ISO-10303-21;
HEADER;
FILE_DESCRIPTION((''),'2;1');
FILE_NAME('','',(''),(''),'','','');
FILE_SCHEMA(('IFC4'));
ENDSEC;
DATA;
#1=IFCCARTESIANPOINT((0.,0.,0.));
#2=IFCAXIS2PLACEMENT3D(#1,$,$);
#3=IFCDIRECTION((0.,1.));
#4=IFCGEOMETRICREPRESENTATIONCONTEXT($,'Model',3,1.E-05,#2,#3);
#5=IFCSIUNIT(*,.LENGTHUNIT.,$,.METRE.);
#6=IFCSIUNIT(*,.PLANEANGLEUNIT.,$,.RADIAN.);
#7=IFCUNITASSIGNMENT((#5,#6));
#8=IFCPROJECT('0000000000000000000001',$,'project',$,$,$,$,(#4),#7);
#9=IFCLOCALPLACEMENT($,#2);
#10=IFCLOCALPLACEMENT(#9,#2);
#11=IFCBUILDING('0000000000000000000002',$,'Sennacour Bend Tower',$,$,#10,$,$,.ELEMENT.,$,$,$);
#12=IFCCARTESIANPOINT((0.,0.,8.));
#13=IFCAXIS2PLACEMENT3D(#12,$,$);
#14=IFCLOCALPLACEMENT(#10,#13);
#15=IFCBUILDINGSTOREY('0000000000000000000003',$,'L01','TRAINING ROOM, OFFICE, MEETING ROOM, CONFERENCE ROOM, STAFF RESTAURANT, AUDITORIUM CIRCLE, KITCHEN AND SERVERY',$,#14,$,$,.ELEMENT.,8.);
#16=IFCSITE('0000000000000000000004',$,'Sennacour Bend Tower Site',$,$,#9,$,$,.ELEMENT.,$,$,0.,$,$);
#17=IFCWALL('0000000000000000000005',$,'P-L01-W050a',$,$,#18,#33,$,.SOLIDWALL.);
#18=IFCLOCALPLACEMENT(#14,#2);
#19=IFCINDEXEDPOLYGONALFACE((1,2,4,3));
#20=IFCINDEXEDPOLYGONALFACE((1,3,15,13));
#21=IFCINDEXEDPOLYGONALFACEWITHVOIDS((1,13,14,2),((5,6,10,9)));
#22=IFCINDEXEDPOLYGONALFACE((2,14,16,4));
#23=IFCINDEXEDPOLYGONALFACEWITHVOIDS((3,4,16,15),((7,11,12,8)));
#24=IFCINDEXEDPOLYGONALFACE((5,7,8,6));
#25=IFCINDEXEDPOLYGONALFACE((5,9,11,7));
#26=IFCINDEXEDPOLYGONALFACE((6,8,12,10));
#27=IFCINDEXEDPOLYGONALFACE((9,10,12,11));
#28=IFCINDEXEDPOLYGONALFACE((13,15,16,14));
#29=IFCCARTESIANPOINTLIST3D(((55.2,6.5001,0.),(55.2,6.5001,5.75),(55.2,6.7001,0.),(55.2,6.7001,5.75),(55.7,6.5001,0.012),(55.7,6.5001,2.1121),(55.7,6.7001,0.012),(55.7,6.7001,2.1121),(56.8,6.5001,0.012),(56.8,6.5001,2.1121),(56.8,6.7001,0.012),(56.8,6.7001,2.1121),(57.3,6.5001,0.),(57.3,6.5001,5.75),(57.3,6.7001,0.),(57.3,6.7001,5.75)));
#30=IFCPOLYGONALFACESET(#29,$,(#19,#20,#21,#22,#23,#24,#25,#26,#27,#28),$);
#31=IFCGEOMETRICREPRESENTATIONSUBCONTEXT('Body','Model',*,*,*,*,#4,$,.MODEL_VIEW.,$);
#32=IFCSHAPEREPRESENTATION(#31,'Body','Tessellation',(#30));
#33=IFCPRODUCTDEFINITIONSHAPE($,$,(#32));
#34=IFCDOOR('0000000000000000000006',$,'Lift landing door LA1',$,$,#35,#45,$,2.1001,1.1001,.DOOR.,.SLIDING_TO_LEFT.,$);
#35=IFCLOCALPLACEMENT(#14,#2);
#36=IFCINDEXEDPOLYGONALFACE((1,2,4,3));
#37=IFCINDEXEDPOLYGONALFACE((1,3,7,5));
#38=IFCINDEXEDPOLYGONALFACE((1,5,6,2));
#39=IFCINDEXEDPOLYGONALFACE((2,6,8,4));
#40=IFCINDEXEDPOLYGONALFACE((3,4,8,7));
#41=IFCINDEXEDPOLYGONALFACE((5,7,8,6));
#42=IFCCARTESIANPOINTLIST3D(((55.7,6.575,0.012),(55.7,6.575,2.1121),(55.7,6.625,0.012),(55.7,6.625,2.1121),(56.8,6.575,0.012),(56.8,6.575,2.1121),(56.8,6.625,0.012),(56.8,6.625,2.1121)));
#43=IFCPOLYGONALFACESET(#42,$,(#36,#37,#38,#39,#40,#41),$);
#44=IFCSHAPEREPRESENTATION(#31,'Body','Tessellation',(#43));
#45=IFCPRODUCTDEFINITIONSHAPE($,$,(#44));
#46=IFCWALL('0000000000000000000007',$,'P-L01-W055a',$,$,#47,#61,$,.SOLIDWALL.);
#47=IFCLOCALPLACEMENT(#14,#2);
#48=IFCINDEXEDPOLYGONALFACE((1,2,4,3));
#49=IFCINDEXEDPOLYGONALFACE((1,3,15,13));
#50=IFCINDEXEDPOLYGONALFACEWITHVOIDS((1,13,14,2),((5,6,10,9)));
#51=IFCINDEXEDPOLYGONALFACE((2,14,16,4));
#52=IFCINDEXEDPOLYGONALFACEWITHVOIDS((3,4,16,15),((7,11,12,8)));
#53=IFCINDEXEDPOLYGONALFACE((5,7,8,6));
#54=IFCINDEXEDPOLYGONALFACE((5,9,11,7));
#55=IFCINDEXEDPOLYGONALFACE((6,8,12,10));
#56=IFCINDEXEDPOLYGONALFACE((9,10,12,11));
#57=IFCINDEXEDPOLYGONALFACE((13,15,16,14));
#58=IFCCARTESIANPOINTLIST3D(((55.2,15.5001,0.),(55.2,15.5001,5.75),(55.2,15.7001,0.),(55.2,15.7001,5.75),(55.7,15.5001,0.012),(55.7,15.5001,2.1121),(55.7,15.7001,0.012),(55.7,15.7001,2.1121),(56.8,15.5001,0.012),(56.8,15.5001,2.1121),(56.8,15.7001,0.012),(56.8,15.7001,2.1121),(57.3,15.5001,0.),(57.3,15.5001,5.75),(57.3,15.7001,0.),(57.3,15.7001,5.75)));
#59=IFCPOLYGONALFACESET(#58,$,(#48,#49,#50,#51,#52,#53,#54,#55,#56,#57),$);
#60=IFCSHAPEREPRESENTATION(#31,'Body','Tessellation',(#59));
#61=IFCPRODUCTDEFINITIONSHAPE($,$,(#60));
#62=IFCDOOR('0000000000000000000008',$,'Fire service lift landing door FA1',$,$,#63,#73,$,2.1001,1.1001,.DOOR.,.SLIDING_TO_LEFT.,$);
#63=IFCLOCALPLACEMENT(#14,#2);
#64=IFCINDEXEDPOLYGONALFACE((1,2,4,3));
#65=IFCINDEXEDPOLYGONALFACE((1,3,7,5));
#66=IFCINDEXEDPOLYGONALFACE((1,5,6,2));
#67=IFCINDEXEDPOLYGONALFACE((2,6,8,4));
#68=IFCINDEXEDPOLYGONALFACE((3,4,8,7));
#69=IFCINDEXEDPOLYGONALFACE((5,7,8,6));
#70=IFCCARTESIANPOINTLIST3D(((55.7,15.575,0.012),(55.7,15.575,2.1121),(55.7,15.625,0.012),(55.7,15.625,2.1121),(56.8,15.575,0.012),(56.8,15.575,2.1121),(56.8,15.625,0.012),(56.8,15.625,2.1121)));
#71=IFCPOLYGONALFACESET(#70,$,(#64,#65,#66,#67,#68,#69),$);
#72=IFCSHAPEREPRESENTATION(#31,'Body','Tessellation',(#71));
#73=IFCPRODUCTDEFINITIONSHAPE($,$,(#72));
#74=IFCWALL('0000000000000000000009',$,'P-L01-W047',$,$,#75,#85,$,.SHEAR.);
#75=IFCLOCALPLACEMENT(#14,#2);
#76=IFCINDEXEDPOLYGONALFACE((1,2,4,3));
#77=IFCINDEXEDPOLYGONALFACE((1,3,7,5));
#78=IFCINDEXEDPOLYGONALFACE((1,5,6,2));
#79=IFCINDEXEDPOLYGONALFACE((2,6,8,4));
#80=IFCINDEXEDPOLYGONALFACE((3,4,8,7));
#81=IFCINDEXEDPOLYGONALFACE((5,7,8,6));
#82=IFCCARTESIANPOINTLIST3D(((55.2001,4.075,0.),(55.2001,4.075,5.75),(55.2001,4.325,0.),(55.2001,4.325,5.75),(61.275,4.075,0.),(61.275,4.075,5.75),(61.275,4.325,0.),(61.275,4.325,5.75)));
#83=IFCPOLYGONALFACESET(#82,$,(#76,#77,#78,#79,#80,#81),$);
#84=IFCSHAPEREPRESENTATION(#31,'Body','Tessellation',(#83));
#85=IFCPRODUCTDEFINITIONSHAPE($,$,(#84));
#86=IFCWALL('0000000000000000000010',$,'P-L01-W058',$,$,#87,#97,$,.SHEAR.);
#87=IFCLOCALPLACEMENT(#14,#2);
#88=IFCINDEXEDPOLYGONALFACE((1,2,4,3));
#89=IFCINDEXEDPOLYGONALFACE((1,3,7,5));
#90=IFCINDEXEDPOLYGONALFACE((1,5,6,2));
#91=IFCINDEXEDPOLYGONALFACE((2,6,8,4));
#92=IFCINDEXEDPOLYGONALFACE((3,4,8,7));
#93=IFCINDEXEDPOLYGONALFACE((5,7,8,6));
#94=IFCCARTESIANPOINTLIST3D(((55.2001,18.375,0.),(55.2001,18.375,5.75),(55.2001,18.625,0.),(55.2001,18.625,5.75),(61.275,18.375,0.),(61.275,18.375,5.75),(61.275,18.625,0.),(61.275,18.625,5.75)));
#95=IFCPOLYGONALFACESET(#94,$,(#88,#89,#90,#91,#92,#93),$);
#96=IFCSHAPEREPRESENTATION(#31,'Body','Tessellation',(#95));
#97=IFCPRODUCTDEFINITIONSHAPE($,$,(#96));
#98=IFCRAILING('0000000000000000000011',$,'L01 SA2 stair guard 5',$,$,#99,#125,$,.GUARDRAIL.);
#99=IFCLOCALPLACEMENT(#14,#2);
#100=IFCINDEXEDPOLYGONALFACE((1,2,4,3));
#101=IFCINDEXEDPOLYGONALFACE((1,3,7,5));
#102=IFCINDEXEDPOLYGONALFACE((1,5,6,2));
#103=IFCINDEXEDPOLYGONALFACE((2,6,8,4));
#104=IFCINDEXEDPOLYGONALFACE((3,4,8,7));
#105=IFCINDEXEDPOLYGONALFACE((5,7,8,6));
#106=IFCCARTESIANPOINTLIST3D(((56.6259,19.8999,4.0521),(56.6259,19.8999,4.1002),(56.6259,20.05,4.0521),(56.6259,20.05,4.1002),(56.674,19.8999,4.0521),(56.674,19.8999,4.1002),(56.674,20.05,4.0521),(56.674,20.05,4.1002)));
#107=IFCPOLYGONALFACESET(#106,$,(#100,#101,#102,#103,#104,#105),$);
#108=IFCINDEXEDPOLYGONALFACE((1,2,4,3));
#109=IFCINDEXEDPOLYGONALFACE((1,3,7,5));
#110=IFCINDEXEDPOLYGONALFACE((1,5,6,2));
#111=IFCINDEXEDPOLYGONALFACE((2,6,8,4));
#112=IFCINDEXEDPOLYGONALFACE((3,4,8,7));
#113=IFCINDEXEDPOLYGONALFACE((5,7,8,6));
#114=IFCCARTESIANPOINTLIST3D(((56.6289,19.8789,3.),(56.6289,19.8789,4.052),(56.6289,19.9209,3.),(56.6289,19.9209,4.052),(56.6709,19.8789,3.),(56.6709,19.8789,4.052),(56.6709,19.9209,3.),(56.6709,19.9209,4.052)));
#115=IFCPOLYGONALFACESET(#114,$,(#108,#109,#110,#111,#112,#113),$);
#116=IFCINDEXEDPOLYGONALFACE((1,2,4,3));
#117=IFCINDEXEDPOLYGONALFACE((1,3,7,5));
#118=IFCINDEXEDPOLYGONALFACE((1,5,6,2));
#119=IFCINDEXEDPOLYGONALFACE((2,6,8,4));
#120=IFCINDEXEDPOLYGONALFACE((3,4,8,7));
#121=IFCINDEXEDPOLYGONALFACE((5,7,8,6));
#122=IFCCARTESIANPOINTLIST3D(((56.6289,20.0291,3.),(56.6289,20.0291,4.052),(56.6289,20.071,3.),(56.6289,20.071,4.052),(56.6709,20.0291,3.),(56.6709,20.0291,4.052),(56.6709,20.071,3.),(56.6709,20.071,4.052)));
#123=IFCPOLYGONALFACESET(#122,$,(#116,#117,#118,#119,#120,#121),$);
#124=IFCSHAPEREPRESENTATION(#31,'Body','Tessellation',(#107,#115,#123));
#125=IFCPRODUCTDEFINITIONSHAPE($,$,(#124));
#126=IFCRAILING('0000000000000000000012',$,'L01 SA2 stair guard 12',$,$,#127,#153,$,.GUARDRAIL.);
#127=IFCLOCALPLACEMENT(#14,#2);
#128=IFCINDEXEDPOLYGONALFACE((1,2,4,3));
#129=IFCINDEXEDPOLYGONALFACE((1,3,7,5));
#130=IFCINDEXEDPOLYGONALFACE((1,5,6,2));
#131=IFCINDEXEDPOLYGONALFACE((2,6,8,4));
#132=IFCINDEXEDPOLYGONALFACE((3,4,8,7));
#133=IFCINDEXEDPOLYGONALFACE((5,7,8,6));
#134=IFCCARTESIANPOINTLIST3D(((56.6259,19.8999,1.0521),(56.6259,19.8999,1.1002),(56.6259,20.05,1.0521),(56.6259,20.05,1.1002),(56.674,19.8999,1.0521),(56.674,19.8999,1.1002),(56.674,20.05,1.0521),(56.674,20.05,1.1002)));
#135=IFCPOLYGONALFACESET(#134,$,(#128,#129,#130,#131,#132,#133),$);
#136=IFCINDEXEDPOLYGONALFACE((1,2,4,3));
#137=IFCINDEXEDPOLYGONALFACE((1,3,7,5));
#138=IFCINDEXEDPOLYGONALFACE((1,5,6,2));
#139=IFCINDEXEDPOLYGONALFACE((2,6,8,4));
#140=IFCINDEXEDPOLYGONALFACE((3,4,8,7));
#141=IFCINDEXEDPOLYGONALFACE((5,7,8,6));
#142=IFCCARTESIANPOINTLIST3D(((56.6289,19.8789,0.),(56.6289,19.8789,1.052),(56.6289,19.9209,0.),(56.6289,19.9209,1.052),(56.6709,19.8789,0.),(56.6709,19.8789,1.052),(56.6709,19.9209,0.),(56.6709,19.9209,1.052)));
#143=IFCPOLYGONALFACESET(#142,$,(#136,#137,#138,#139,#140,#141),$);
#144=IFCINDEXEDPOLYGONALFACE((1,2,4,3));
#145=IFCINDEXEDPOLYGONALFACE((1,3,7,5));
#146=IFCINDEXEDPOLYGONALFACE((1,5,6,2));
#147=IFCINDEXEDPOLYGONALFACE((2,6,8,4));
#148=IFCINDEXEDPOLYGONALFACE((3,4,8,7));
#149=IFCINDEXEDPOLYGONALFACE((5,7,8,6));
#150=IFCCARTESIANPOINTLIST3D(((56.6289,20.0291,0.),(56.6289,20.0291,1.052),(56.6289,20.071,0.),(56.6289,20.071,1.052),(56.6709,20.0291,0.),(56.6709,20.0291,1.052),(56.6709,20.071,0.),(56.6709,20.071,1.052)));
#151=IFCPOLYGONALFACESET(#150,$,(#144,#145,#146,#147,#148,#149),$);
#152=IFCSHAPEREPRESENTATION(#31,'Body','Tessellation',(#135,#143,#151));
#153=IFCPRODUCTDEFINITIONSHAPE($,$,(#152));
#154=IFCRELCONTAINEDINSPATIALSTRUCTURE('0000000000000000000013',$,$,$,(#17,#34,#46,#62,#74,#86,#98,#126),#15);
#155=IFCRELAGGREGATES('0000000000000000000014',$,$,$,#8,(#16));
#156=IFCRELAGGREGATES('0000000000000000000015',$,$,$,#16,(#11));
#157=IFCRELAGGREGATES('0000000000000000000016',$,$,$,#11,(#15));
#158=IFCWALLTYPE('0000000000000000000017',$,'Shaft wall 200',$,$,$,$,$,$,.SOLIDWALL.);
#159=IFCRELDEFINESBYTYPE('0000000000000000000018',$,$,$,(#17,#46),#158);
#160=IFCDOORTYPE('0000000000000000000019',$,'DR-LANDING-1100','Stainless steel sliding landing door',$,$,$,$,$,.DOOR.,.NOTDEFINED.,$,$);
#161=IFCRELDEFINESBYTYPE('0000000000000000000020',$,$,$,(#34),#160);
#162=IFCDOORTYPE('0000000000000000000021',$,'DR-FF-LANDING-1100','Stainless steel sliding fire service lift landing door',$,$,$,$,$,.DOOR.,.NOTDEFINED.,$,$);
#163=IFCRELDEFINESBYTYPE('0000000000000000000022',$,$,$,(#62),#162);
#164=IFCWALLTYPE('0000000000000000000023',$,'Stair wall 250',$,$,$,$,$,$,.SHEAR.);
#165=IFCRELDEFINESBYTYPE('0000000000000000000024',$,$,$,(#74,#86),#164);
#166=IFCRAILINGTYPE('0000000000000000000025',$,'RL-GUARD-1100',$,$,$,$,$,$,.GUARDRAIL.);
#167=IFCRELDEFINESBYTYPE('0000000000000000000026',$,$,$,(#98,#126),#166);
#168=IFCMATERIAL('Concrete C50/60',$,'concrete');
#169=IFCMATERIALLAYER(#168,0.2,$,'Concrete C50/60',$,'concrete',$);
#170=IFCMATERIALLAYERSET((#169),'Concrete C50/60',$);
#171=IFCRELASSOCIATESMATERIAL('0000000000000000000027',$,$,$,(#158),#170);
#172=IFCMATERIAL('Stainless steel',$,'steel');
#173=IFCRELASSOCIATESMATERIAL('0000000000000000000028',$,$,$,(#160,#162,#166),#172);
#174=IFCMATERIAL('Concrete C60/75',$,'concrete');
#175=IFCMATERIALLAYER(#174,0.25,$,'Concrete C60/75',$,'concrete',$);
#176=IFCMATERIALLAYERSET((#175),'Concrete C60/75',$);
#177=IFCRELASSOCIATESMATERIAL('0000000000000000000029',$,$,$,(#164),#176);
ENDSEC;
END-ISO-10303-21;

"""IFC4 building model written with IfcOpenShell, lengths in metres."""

from ifc_helpers import new_model, si_unit, direction, frame, frame_2d, origin, origin_2d, place, context, subcontext, project, spatial, rectangle, extrude, material, layer, layer_set, type_object, element, fill, save


model = new_model("IFC4")

# Units and contexts
model_context = context("Model", 3, precision=1e-05, world=origin(), true_north=direction((0.0, 1.0)))
body_context = subcontext(model_context, "Body", "Model", "MODEL_VIEW")
ifc_project = project(units=[si_unit("LENGTHUNIT", "METRE"), si_unit("PLANEANGLEUNIT", "RADIAN")], contexts=[model_context])

# Site, building, storey
site_placement = place(None, origin())
site = spatial("IfcSite", under=ifc_project, at=site_placement, Name="Sennacour Bend Tower Site", CompositionType="ELEMENT", RefElevation=0.0)
building_placement = place(site_placement, origin())
building = spatial("IfcBuilding", under=site, at=building_placement, Name="Sennacour Bend Tower", CompositionType="ELEMENT")
storey_placement = place(building_placement, frame((0.0, 0.0, 8.0)))
storey = spatial("IfcBuildingStorey", under=building, at=storey_placement, Name="L01", Description="TRAINING ROOM, OFFICE, MEETING ROOM, CONFERENCE ROOM, STAFF RESTAURANT, AUDITORIUM CIRCLE, KITCHEN AND SERVERY", CompositionType="ELEMENT", Elevation=8.0)

# Walls, openings, doors
ifc_material_1 = material(Name="Concrete C50/60", Category="concrete")
ifc_layer_1 = layer(ifc_material_1, 0.2, Name="Concrete C50/60", Category="concrete")
ifc_layer_set_1 = layer_set([ifc_layer_1], Name="Concrete C50/60")
wall_type_1 = type_object("IfcWallType", Name="Shaft wall 200", PredefinedType="SOLIDWALL", material=ifc_layer_set_1)
wall_1_placement = place(storey_placement, frame((55.2, 6.6001, 0.0), z_axis=(0.0, 0.0, 1.0), x_axis=(1.0, 0.0, 0.0)))
wall_1 = element("IfcWall", 1, at=wall_1_placement, inside=storey, type_object=wall_type_1, Name="P-L01-W050a", PredefinedType="SOLIDWALL", context=body_context, shape_type="SweptSolid", body=[
    extrude(rectangle(XDim=2.1001, YDim=0.2, at=frame_2d((1.05, 0.0))), origin(), (0.0, 0.0, 1.0), 5.75),
])
opening_1_placement = place(wall_1_placement, frame((0.5, 0.0, 0.012)))
opening_1 = element("IfcOpeningElement", 2, at=opening_1_placement, cuts=wall_1, PredefinedType="OPENING", context=body_context, shape_type="SweptSolid", body=[
    extrude(rectangle(XDim=1.1001, YDim=2.1001, at=frame_2d((0.55, 1.05))), frame((0.0, 0.1099, 0.0), z_axis=(0.0, -1.0, 0.0), x_axis=(1.0, 0.0, 0.0)), (0.0, 0.0, 1.0), 0.22),
])
ifc_material_2 = material(Name="Stainless steel", Category="steel")
door_type_1 = type_object("IfcDoorType", Name="DR-LANDING-1100", Description="Stainless steel sliding landing door", OperationType="NOTDEFINED", PredefinedType="DOOR", material=ifc_material_2)
door_1_placement = place(opening_1_placement, origin())
door_1 = element("IfcDoor", 3, at=door_1_placement, inside=storey, type_object=door_type_1, Name="Lift landing door LA1", OperationType="SLIDING_TO_LEFT", OverallHeight=2.1001, OverallWidth=1.1001, PredefinedType="DOOR", context=body_context, shape_type="SweptSolid", body=[
    extrude(rectangle(XDim=1.1001, YDim=2.1001, at=frame_2d((0.55, 1.05))), frame((0.0, 0.0249, 0.0), z_axis=(0.0, -1.0, 0.0), x_axis=(1.0, 0.0, 0.0)), (0.0, 0.0, 1.0), 0.05),
])
fill(opening_1, door_1)
wall_2_placement = place(storey_placement, frame((55.2, 15.6001, 0.0), z_axis=(0.0, 0.0, 1.0), x_axis=(1.0, 0.0, 0.0)))
wall_2 = element("IfcWall", 4, at=wall_2_placement, inside=storey, type_object=wall_type_1, Name="P-L01-W055a", PredefinedType="SOLIDWALL", context=body_context, shape_type="SweptSolid", body=[
    extrude(rectangle(XDim=2.1001, YDim=0.2, at=frame_2d((1.05, 0.0))), origin(), (0.0, 0.0, 1.0), 5.75),
])
opening_2_placement = place(wall_2_placement, frame((0.5, 0.0, 0.012)))
opening_2 = element("IfcOpeningElement", 5, at=opening_2_placement, cuts=wall_2, PredefinedType="OPENING", context=body_context, shape_type="SweptSolid", body=[
    extrude(rectangle(XDim=1.1001, YDim=2.1001, at=frame_2d((0.55, 1.05))), frame((0.0, 0.1099, 0.0), z_axis=(0.0, -1.0, 0.0), x_axis=(1.0, 0.0, 0.0)), (0.0, 0.0, 1.0), 0.22),
])
door_type_2 = type_object("IfcDoorType", Name="DR-FF-LANDING-1100", Description="Stainless steel sliding fire service lift landing door", OperationType="NOTDEFINED", PredefinedType="DOOR", material=ifc_material_2)
door_2_placement = place(opening_2_placement, origin())
door_2 = element("IfcDoor", 6, at=door_2_placement, inside=storey, type_object=door_type_2, Name="Fire service lift landing door FA1", OperationType="SLIDING_TO_LEFT", OverallHeight=2.1001, OverallWidth=1.1001, PredefinedType="DOOR", context=body_context, shape_type="SweptSolid", body=[
    extrude(rectangle(XDim=1.1001, YDim=2.1001, at=frame_2d((0.55, 1.05))), frame((0.0, 0.0249, 0.0), z_axis=(0.0, -1.0, 0.0), x_axis=(1.0, 0.0, 0.0)), (0.0, 0.0, 1.0), 0.05),
])
fill(opening_2, door_2)

# Walls
ifc_material_3 = material(Name="Concrete C60/75", Category="concrete")
ifc_layer_2 = layer(ifc_material_3, 0.25, Name="Concrete C60/75", Category="concrete")
ifc_layer_set_2 = layer_set([ifc_layer_2], Name="Concrete C60/75")
wall_type_2 = type_object("IfcWallType", Name="Stair wall 250", PredefinedType="SHEAR", material=ifc_layer_set_2)
for number, where, z_axis, x_axis, name in (
    (7, (55.2, 4.2, 0.0), (0.0, 0.0, 1.0), (1.0, 0.0, 0.0), "P-L01-W047"),
    (8, (55.2, 18.5, 0.0), (0.0, 0.0, 1.0), (1.0, 0.0, 0.0), "P-L01-W058"),
):
    element("IfcWall", number, at=place(storey_placement, frame(where, z_axis=z_axis, x_axis=x_axis)), inside=storey, type_object=wall_type_2, Name=name, PredefinedType="SHEAR", context=body_context, shape_type="SweptSolid", body=[
        extrude(rectangle(XDim=6.075, YDim=0.25, at=frame_2d((3.0376, 0.0))), origin(), (0.0, 0.0, 1.0), 5.75),
    ])

# Railings
railing_type = type_object("IfcRailingType", Name="RL-GUARD-1100", PredefinedType="GUARDRAIL", material=ifc_material_2)
for number, where, name in (
    (9, (56.6499, 19.8999, 3.0), "L01 SA2 stair guard 5"),
    (10, (56.6499, 19.8999, 0.0), "L01 SA2 stair guard 12"),
):
    element("IfcRailing", number, at=place(storey_placement, frame(where)), inside=storey, type_object=railing_type, Name=name, PredefinedType="GUARDRAIL", context=body_context, shape_type="SweptSolid", body=[
        extrude(rectangle(XDim=0.0481, YDim=0.0481, at=origin_2d()), frame((0.0, 0.0, 1.0762), z_axis=(0.0, 1.0, 0.0), x_axis=(-1.0, 0.0, 0.0)), (0.0, 0.0, 1.0), 0.1501),
        extrude(rectangle(XDim=0.042, YDim=0.042, at=origin_2d()), origin(), (0.0, 0.0, 1.0), 1.052),
        extrude(rectangle(XDim=0.042, YDim=0.042, at=origin_2d()), frame((0.0, 0.1501, 0.0)), (0.0, 0.0, 1.0), 1.052),
    ])

save(model, "model.ifc")
